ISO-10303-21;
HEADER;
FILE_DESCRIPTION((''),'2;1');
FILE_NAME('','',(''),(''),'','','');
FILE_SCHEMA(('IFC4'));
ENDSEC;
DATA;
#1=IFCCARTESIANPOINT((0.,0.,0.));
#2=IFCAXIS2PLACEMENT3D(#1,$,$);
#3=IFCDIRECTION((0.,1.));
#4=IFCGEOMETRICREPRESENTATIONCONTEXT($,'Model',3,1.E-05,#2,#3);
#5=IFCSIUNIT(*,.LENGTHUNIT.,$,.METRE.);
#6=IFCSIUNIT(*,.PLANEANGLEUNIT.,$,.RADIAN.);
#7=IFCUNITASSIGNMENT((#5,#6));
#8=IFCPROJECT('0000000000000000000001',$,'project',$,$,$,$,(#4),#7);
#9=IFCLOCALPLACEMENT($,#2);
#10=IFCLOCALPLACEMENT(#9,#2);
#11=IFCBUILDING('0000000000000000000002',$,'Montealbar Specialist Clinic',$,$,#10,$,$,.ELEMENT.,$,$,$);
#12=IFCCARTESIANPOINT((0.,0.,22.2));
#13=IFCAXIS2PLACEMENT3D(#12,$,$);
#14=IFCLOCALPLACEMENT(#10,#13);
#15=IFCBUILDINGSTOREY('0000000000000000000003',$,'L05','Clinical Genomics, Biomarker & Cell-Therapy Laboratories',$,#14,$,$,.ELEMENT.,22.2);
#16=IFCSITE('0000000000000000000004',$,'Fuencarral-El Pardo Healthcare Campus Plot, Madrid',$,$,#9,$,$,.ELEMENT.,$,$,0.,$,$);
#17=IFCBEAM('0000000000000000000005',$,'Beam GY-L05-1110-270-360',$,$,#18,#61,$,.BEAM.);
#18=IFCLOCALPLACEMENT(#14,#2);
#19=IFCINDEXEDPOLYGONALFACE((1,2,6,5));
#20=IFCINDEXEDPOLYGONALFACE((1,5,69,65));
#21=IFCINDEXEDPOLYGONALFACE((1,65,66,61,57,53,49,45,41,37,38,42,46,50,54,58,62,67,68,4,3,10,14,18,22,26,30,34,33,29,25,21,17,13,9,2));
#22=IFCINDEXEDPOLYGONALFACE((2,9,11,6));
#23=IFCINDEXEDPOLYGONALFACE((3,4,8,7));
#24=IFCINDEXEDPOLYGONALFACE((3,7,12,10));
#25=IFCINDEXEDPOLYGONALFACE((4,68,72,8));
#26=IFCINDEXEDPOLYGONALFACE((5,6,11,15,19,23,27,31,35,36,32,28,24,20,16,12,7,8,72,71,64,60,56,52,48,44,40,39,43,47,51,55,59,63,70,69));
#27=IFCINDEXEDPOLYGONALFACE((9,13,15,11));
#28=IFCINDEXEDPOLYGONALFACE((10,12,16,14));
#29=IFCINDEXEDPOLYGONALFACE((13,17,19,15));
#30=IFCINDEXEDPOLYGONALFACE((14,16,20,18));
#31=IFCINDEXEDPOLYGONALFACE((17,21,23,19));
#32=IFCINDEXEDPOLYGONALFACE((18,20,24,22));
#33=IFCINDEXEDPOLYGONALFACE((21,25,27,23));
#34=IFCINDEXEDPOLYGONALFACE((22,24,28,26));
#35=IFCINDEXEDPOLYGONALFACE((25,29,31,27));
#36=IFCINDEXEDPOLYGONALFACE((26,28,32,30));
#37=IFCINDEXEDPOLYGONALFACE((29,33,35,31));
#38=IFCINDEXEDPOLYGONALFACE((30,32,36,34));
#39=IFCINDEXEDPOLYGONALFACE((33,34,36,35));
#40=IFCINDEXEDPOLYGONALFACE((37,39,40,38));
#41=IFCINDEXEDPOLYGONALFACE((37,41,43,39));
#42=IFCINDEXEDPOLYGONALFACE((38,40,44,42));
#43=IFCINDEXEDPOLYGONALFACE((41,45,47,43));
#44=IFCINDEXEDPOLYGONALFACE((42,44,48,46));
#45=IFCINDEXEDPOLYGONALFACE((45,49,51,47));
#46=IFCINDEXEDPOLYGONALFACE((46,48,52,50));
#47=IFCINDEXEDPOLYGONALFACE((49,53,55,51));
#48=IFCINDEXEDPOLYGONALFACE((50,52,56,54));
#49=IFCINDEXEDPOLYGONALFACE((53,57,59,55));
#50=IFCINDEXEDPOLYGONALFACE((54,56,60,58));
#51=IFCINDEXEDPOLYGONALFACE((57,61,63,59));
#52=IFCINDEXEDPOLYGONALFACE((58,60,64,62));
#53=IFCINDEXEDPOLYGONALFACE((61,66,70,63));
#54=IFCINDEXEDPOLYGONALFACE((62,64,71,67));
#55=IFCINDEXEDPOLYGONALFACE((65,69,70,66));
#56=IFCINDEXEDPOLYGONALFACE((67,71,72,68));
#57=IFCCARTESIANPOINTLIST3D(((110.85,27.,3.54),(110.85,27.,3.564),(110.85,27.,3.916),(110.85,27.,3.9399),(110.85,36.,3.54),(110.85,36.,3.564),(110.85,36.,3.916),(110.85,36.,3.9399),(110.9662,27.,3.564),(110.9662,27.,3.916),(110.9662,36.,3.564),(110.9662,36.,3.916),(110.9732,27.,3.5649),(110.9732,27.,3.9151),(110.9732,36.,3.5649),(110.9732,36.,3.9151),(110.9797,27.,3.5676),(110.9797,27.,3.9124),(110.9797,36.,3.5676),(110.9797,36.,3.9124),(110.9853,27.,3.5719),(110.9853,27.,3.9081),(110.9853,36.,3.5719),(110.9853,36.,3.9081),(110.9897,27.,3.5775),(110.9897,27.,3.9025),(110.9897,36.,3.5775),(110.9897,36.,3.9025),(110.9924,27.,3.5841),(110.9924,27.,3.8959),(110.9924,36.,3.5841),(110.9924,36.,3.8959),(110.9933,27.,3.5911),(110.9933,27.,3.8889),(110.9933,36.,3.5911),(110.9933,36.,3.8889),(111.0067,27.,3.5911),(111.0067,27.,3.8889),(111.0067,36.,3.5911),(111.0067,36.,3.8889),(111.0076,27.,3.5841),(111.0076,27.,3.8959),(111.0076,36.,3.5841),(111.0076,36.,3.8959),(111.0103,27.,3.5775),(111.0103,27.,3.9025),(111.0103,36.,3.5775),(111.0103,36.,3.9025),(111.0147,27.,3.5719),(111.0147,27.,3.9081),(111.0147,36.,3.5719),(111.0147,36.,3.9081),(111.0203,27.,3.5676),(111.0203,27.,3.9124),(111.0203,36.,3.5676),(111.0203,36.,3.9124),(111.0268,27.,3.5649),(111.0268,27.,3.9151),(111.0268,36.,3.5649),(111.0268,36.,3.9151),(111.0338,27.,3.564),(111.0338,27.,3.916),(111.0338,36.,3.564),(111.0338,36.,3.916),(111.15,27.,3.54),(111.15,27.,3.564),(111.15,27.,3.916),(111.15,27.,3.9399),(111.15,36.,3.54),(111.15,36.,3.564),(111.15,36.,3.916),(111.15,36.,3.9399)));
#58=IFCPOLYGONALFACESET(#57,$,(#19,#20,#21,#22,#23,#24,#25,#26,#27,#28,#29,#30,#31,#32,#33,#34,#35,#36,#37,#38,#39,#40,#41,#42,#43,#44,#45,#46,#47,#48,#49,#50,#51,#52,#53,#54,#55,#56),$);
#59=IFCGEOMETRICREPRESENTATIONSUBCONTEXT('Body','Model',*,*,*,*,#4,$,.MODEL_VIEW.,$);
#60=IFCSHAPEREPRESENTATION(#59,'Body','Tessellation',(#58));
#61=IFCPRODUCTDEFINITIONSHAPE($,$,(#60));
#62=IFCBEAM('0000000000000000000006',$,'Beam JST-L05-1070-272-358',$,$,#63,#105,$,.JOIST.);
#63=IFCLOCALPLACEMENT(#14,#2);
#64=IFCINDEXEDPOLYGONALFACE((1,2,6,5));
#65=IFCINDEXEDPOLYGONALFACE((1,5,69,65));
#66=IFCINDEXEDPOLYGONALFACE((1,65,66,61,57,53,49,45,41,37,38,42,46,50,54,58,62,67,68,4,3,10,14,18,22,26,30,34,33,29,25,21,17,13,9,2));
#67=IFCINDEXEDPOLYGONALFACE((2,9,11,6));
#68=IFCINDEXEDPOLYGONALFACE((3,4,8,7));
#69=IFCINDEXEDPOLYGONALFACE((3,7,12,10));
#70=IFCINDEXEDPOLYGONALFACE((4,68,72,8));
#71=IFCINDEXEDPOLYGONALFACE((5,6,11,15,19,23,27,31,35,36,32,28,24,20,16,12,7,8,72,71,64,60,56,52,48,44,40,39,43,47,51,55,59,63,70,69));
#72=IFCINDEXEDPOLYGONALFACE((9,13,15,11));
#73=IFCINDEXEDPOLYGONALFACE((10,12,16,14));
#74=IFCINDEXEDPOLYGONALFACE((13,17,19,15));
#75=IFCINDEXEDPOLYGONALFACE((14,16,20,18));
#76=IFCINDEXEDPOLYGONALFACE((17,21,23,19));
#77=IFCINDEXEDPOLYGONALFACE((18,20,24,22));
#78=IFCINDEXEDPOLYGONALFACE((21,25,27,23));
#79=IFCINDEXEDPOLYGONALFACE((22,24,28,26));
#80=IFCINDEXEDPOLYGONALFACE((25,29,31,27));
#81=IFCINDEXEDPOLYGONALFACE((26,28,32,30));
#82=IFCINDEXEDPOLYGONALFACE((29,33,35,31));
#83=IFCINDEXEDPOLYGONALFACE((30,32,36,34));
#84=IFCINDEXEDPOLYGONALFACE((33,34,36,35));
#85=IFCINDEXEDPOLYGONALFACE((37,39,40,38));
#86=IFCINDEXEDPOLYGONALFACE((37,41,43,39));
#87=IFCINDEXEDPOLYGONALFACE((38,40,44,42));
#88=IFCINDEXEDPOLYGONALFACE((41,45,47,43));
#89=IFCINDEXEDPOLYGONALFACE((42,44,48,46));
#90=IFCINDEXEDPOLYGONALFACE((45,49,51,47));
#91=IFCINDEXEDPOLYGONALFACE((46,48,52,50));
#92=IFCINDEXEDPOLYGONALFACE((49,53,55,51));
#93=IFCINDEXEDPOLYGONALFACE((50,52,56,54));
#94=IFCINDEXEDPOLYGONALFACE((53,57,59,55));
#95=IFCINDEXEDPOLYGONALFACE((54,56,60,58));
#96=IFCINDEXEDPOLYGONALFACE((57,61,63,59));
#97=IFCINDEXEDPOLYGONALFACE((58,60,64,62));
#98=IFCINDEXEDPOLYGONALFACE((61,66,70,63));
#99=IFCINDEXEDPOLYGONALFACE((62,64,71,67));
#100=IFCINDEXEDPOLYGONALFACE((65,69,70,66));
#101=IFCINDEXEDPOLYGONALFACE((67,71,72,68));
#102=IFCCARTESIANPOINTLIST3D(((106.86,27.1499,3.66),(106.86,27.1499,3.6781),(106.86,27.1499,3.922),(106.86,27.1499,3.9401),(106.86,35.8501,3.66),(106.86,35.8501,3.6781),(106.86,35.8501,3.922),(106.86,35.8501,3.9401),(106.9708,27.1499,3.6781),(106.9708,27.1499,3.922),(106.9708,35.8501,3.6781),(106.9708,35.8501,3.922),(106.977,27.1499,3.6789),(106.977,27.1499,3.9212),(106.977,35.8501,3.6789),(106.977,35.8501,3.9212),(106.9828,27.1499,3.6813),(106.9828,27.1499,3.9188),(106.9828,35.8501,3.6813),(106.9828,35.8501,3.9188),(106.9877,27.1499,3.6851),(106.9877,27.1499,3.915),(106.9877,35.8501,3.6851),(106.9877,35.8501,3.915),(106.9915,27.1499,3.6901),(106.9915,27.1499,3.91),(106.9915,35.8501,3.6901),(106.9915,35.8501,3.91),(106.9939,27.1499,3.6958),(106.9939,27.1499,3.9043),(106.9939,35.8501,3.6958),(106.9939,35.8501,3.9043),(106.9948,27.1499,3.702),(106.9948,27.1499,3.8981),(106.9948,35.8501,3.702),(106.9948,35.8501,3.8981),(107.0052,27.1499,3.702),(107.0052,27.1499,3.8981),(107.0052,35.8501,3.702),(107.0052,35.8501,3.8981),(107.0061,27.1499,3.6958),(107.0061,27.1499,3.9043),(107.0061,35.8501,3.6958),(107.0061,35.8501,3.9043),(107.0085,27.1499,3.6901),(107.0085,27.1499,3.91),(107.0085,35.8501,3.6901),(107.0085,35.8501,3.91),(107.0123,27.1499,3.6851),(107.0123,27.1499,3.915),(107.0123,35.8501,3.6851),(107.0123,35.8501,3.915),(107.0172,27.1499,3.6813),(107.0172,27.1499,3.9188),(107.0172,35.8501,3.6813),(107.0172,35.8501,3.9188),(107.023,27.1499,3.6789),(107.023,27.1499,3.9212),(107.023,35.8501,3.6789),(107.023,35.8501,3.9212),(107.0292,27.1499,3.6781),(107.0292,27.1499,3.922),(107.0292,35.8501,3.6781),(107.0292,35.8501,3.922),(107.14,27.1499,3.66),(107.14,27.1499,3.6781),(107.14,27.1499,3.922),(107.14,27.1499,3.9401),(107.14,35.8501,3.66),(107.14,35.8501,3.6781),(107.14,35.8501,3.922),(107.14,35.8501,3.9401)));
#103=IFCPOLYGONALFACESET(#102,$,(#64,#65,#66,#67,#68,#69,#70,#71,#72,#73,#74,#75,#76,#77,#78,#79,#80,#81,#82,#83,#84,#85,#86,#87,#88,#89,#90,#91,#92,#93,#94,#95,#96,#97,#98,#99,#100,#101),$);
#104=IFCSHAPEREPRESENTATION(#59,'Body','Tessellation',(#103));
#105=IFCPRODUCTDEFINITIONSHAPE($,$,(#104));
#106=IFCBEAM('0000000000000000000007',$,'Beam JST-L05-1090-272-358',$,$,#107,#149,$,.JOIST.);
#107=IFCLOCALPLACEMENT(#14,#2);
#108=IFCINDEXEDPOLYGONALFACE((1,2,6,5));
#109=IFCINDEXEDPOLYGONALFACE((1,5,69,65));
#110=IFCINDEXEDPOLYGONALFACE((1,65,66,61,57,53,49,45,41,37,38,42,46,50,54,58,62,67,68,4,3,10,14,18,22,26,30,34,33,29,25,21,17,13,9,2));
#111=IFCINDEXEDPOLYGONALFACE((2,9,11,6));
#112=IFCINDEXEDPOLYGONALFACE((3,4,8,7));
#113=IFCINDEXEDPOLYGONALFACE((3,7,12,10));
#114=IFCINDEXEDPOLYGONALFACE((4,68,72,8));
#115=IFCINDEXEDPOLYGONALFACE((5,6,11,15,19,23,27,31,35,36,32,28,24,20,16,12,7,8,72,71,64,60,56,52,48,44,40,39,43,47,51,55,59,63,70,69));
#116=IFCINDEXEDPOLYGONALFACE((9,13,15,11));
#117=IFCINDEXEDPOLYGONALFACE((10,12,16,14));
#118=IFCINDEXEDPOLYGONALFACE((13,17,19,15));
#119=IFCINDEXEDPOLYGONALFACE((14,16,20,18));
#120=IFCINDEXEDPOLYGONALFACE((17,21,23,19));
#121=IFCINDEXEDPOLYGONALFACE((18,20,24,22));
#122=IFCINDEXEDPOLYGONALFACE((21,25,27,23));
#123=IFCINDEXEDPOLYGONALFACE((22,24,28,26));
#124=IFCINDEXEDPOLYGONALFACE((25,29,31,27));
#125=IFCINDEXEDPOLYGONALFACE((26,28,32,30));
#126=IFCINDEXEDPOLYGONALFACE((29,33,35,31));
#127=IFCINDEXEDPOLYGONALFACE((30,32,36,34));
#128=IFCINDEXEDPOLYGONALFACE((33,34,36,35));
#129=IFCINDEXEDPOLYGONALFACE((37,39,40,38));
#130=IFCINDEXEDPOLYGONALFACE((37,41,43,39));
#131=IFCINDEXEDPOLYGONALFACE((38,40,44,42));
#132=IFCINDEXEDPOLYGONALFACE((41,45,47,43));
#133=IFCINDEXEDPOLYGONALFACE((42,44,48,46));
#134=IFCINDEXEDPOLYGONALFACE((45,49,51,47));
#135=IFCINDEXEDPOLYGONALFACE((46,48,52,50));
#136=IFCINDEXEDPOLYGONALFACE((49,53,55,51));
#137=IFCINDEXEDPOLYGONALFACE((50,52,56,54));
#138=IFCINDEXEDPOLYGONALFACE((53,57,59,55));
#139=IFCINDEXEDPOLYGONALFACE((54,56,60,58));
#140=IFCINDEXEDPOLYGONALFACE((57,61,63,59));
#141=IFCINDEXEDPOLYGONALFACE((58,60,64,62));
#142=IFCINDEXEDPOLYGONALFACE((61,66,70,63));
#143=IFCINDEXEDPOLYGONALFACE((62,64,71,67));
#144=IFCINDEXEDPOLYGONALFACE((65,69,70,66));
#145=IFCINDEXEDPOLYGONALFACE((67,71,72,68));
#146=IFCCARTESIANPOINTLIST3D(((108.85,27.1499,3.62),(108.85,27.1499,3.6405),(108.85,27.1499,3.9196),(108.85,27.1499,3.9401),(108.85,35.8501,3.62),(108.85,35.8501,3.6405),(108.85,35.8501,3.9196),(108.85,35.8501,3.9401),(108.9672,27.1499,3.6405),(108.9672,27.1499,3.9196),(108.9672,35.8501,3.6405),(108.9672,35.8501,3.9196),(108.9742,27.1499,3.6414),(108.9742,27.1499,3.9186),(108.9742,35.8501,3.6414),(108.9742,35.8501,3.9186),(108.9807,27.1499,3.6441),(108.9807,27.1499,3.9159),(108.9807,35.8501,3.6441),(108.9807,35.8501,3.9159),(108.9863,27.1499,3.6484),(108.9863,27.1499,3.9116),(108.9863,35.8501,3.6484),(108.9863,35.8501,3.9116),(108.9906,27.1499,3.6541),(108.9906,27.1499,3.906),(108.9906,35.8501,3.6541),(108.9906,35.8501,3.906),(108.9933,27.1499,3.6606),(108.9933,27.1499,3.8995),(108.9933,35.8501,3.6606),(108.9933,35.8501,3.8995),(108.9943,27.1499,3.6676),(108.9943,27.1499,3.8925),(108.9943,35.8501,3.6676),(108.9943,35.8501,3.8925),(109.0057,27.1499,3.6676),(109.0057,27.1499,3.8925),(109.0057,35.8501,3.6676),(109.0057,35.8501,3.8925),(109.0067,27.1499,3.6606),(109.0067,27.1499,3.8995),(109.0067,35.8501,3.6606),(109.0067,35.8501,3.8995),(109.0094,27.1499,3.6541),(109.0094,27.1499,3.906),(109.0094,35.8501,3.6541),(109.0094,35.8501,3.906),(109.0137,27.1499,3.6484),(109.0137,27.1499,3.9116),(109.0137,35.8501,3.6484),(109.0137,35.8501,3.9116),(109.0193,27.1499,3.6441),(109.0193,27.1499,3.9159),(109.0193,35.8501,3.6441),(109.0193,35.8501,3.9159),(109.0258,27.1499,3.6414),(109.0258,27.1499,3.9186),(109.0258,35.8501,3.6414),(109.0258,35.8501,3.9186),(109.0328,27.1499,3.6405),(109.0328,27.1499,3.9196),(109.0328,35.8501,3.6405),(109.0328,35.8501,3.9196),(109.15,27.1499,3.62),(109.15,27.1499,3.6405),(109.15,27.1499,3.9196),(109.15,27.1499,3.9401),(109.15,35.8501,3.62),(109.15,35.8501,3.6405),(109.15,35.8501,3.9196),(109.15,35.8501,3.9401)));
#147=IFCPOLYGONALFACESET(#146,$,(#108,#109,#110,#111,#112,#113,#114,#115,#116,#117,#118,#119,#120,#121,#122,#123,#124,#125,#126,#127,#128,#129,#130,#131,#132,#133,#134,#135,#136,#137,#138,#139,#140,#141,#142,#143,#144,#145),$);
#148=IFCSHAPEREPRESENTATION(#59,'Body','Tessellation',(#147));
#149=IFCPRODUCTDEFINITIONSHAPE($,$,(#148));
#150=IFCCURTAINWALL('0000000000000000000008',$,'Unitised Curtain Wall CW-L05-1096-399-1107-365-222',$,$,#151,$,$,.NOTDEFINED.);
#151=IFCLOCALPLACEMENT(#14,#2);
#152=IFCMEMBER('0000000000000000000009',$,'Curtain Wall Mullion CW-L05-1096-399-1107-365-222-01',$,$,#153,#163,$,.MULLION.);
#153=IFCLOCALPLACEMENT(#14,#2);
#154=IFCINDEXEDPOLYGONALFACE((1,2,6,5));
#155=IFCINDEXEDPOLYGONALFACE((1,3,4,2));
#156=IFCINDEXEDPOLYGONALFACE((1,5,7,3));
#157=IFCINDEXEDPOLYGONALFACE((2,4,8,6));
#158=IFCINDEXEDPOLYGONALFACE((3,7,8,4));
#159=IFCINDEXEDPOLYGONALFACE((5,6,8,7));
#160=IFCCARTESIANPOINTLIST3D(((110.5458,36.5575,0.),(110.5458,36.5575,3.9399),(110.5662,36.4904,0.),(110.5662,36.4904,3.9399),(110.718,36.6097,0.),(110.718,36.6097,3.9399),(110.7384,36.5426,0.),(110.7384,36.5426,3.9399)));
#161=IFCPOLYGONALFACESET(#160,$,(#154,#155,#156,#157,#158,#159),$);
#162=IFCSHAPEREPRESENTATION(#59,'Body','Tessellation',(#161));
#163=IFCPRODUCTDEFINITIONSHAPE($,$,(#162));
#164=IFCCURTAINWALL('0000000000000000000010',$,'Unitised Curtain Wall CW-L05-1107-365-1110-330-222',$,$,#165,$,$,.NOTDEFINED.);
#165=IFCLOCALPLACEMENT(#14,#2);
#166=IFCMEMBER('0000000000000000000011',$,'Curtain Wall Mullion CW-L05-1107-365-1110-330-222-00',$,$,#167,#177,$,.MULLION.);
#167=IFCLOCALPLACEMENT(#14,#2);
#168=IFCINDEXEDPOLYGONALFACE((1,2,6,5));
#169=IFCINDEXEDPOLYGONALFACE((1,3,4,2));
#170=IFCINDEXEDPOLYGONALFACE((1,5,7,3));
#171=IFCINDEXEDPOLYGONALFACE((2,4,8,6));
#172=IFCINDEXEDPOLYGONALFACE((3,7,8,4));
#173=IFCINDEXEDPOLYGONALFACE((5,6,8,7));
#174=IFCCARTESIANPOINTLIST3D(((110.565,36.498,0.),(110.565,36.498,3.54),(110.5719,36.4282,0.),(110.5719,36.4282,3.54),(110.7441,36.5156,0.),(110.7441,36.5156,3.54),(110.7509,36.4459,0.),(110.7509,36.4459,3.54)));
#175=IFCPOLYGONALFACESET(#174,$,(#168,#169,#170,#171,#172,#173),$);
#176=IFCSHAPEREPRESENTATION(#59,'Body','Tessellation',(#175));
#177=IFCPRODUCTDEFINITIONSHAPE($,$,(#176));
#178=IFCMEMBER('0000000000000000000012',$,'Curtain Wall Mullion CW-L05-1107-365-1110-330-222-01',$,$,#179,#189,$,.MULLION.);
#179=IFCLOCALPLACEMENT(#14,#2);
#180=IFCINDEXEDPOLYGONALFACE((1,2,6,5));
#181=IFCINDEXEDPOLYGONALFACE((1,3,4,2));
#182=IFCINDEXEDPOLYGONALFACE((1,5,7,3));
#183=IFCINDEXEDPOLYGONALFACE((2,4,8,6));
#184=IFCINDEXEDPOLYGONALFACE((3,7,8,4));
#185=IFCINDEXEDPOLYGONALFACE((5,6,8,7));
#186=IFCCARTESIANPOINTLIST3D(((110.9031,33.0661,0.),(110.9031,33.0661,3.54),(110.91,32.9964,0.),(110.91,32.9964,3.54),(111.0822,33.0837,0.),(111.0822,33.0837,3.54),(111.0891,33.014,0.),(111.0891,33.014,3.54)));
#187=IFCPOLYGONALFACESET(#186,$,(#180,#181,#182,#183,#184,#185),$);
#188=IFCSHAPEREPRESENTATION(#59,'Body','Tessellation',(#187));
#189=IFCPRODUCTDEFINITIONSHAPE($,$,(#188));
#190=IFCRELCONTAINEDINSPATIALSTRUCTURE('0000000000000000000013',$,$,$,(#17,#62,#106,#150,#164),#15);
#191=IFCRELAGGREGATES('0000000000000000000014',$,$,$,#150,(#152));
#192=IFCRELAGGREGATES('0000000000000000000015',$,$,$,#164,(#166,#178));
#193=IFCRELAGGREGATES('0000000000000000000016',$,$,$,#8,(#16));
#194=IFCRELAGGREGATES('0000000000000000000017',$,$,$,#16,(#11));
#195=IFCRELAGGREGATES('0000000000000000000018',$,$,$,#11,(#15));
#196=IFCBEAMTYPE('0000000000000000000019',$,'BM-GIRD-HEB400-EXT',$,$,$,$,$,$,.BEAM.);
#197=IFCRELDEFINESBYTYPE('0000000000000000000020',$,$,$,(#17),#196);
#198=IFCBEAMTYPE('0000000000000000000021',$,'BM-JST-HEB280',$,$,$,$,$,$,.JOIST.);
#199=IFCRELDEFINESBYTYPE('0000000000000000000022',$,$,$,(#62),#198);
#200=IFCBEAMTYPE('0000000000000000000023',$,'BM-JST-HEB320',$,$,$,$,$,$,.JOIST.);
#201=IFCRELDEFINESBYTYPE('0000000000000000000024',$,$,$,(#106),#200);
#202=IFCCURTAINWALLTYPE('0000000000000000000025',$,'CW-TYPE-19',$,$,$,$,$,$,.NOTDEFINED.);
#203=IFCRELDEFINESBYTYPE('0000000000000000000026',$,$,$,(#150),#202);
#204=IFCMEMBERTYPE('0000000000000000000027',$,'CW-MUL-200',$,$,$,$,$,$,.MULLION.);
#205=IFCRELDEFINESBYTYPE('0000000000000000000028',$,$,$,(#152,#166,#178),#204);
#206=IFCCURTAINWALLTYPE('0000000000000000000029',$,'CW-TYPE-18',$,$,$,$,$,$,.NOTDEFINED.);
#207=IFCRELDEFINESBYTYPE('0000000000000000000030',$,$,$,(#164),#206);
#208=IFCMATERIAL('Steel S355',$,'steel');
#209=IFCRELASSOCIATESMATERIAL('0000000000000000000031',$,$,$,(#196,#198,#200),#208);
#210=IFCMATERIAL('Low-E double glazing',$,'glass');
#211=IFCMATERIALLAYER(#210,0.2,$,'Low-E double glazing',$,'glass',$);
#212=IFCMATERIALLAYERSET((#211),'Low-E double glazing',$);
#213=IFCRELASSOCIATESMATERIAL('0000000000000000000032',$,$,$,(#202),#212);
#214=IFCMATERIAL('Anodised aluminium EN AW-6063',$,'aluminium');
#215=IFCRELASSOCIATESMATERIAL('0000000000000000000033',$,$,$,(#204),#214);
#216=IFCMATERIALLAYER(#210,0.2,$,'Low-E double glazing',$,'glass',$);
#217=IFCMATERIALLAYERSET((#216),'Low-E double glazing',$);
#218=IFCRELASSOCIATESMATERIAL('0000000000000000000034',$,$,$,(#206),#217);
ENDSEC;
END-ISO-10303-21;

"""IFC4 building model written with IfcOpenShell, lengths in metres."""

from ifc_helpers import new_model, si_unit, direction, frame, origin, origin_2d, place, context, subcontext, project, spatial, rectangle, i_section, extrude, material, layer, layer_set, material_profile, profile_set, type_object, element, aggregate, save


model = new_model("IFC4")

# Units and contexts
model_context = context("Model", 3, precision=1e-05, world=origin(), true_north=direction((0.0, 1.0)))
body_context = subcontext(model_context, "Body", "Model", "MODEL_VIEW")
ifc_project = project(units=[si_unit("LENGTHUNIT", "METRE"), si_unit("PLANEANGLEUNIT", "RADIAN")], contexts=[model_context])

# Site, building, storey
site_placement = place(None, origin())
site = spatial("IfcSite", under=ifc_project, at=site_placement, Name="Fuencarral-El Pardo Healthcare Campus Plot, Madrid", CompositionType="ELEMENT", RefElevation=0.0)
building_placement = place(site_placement, origin())
building = spatial("IfcBuilding", under=site, at=building_placement, Name="Montealbar Specialist Clinic", CompositionType="ELEMENT")
storey_placement = place(building_placement, frame((0.0, 0.0, 22.2)))
storey = spatial("IfcBuildingStorey", under=building, at=storey_placement, Name="L05", Description="Clinical Genomics, Biomarker & Cell-Therapy Laboratories", CompositionType="ELEMENT", Elevation=22.2)

# Shared definitions
ifc_material_1 = material(Name="Steel S355", Category="steel")

# Beams
ifc_material_profile_1 = material_profile(ifc_material_1, i_section(OverallWidth=0.3, OverallDepth=0.3999, WebThickness=0.0134, FlangeThickness=0.0239, FilletRadius=0.0271, at=origin_2d()), Name="HEB 400", Category="steel")
ifc_profile_set_1 = profile_set([ifc_material_profile_1], Name="Steel S355")
beam_type_1 = type_object("IfcBeamType", Name="BM-GIRD-HEB400-EXT", PredefinedType="BEAM", material=ifc_profile_set_1)
beam_1_placement = place(storey_placement, frame((111.0, 27.0, 3.74), z_axis=(0.0, 1.0, 0.0), x_axis=(-1.0, 0.0, 0.0)))
element("IfcBeam", 1, at=beam_1_placement, inside=storey, type_object=beam_type_1, Name="Beam GY-L05-1110-270-360", PredefinedType="BEAM", context=body_context, shape_type="SweptSolid", body=[
    extrude(i_section(OverallWidth=0.3, OverallDepth=0.3999, WebThickness=0.0134, FlangeThickness=0.0239, FilletRadius=0.0271, at=origin_2d()), origin(), (0.0, 0.0, 1.0), 9.0),
])
ifc_material_profile_2 = material_profile(ifc_material_1, i_section(OverallWidth=0.28, OverallDepth=0.28, WebThickness=0.0105, FlangeThickness=0.0181, FilletRadius=0.0239, at=origin_2d()), Name="HEB 280", Category="steel")
ifc_profile_set_2 = profile_set([ifc_material_profile_2], Name="Steel S355")
beam_type_2 = type_object("IfcBeamType", Name="BM-JST-HEB280", PredefinedType="JOIST", material=ifc_profile_set_2)
beam_2_placement = place(storey_placement, frame((107.0, 27.1499, 3.8), z_axis=(0.0, 1.0, 0.0), x_axis=(-1.0, 0.0, 0.0)))
element("IfcBeam", 2, at=beam_2_placement, inside=storey, type_object=beam_type_2, Name="Beam JST-L05-1070-272-358", PredefinedType="JOIST", context=body_context, shape_type="SweptSolid", body=[
    extrude(i_section(OverallWidth=0.28, OverallDepth=0.28, WebThickness=0.0105, FlangeThickness=0.0181, FilletRadius=0.0239, at=origin_2d()), origin(), (0.0, 0.0, 1.0), 8.7002),
])
ifc_material_profile_3 = material_profile(ifc_material_1, i_section(OverallWidth=0.3, OverallDepth=0.3201, WebThickness=0.0115, FlangeThickness=0.0205, FilletRadius=0.0271, at=origin_2d()), Name="HEB 320", Category="steel")
ifc_profile_set_3 = profile_set([ifc_material_profile_3], Name="Steel S355")
beam_type_3 = type_object("IfcBeamType", Name="BM-JST-HEB320", PredefinedType="JOIST", material=ifc_profile_set_3)
beam_3_placement = place(storey_placement, frame((109.0, 27.1499, 3.78), z_axis=(0.0, 1.0, 0.0), x_axis=(-1.0, 0.0, 0.0)))
element("IfcBeam", 3, at=beam_3_placement, inside=storey, type_object=beam_type_3, Name="Beam JST-L05-1090-272-358", PredefinedType="JOIST", context=body_context, shape_type="SweptSolid", body=[
    extrude(i_section(OverallWidth=0.3, OverallDepth=0.3201, WebThickness=0.0115, FlangeThickness=0.0205, FilletRadius=0.0271, at=origin_2d()), origin(), (0.0, 0.0, 1.0), 8.7002),
])

# Curtain wall, member
ifc_material_2 = material(Name="Low-E double glazing", Category="glass")
ifc_layer_1 = layer(ifc_material_2, 0.2, Name="Low-E double glazing", Category="glass")
ifc_layer_set_1 = layer_set([ifc_layer_1], Name="Low-E double glazing")
curtain_wall_type_1 = type_object("IfcCurtainWallType", Name="CW-TYPE-19", PredefinedType="NOTDEFINED", material=ifc_layer_set_1)
curtain_wall_1_placement = place(storey_placement, origin())
curtain_wall_1 = element("IfcCurtainWall", 4, at=curtain_wall_1_placement, inside=storey, type_object=curtain_wall_type_1, Name="Unitised Curtain Wall CW-L05-1096-399-1107-365-222", PredefinedType="NOTDEFINED")
ifc_material_3 = material(Name="Anodised aluminium EN AW-6063", Category="aluminium")
ifc_material_profile_4 = material_profile(ifc_material_3, rectangle(XDim=0.0701, YDim=0.1799, at=origin_2d()), Name="ALU 70x180", Category="aluminium")
ifc_profile_set_4 = profile_set([ifc_material_profile_4], Name="Anodised aluminium EN AW-6063")
member_type_1 = type_object("IfcMemberType", Name="CW-MUL-200", PredefinedType="MULLION", material=ifc_profile_set_4)
member_1_placement = place(storey_placement, frame((110.6421, 36.55, 0.0), z_axis=(0.0, 0.0, 1.0), x_axis=(0.290259, -0.956948, 0.0)))
member_1 = element("IfcMember", 5, at=member_1_placement, type_object=member_type_1, Name="Curtain Wall Mullion CW-L05-1096-399-1107-365-222-01", PredefinedType="MULLION", context=body_context, shape_type="SweptSolid", body=[
    extrude(rectangle(XDim=0.0701, YDim=0.1799, at=origin_2d()), origin(), (0.0, 0.0, 1.0), 3.9399),
])

# Curtain wall, members
ifc_layer_2 = layer(ifc_material_2, 0.2, Name="Low-E double glazing", Category="glass")
ifc_layer_set_2 = layer_set([ifc_layer_2], Name="Low-E double glazing")
curtain_wall_type_2 = type_object("IfcCurtainWallType", Name="CW-TYPE-18", PredefinedType="NOTDEFINED", material=ifc_layer_set_2)
curtain_wall_2_placement = place(storey_placement, origin())
curtain_wall_2 = element("IfcCurtainWall", 6, at=curtain_wall_2_placement, inside=storey, type_object=curtain_wall_type_2, Name="Unitised Curtain Wall CW-L05-1107-365-1110-330-222", PredefinedType="NOTDEFINED")
member_2_placement = place(storey_placement, frame((110.658, 36.4719, 0.0), z_axis=(0.0, 0.0, 1.0), x_axis=(0.098045, -0.995182, 0.0)))
member_2 = element("IfcMember", 7, at=member_2_placement, type_object=member_type_1, Name="Curtain Wall Mullion CW-L05-1107-365-1110-330-222-00", PredefinedType="MULLION", context=body_context, shape_type="SweptSolid", body=[
    extrude(rectangle(XDim=0.0701, YDim=0.1799, at=origin_2d()), origin(), (0.0, 0.0, 1.0), 3.54),
])
member_3_placement = place(storey_placement, frame((110.9961, 33.04, 0.0), z_axis=(0.0, 0.0, 1.0), x_axis=(0.098045, -0.995182, 0.0)))
member_3 = element("IfcMember", 8, at=member_3_placement, type_object=member_type_1, Name="Curtain Wall Mullion CW-L05-1107-365-1110-330-222-01", PredefinedType="MULLION", context=body_context, shape_type="SweptSolid", body=[
    extrude(rectangle(XDim=0.0701, YDim=0.1799, at=origin_2d()), origin(), (0.0, 0.0, 1.0), 3.54),
])

aggregate(curtain_wall_1, [member_1])
aggregate(curtain_wall_2, [member_2, member_3])

save(model, "model.ifc")
